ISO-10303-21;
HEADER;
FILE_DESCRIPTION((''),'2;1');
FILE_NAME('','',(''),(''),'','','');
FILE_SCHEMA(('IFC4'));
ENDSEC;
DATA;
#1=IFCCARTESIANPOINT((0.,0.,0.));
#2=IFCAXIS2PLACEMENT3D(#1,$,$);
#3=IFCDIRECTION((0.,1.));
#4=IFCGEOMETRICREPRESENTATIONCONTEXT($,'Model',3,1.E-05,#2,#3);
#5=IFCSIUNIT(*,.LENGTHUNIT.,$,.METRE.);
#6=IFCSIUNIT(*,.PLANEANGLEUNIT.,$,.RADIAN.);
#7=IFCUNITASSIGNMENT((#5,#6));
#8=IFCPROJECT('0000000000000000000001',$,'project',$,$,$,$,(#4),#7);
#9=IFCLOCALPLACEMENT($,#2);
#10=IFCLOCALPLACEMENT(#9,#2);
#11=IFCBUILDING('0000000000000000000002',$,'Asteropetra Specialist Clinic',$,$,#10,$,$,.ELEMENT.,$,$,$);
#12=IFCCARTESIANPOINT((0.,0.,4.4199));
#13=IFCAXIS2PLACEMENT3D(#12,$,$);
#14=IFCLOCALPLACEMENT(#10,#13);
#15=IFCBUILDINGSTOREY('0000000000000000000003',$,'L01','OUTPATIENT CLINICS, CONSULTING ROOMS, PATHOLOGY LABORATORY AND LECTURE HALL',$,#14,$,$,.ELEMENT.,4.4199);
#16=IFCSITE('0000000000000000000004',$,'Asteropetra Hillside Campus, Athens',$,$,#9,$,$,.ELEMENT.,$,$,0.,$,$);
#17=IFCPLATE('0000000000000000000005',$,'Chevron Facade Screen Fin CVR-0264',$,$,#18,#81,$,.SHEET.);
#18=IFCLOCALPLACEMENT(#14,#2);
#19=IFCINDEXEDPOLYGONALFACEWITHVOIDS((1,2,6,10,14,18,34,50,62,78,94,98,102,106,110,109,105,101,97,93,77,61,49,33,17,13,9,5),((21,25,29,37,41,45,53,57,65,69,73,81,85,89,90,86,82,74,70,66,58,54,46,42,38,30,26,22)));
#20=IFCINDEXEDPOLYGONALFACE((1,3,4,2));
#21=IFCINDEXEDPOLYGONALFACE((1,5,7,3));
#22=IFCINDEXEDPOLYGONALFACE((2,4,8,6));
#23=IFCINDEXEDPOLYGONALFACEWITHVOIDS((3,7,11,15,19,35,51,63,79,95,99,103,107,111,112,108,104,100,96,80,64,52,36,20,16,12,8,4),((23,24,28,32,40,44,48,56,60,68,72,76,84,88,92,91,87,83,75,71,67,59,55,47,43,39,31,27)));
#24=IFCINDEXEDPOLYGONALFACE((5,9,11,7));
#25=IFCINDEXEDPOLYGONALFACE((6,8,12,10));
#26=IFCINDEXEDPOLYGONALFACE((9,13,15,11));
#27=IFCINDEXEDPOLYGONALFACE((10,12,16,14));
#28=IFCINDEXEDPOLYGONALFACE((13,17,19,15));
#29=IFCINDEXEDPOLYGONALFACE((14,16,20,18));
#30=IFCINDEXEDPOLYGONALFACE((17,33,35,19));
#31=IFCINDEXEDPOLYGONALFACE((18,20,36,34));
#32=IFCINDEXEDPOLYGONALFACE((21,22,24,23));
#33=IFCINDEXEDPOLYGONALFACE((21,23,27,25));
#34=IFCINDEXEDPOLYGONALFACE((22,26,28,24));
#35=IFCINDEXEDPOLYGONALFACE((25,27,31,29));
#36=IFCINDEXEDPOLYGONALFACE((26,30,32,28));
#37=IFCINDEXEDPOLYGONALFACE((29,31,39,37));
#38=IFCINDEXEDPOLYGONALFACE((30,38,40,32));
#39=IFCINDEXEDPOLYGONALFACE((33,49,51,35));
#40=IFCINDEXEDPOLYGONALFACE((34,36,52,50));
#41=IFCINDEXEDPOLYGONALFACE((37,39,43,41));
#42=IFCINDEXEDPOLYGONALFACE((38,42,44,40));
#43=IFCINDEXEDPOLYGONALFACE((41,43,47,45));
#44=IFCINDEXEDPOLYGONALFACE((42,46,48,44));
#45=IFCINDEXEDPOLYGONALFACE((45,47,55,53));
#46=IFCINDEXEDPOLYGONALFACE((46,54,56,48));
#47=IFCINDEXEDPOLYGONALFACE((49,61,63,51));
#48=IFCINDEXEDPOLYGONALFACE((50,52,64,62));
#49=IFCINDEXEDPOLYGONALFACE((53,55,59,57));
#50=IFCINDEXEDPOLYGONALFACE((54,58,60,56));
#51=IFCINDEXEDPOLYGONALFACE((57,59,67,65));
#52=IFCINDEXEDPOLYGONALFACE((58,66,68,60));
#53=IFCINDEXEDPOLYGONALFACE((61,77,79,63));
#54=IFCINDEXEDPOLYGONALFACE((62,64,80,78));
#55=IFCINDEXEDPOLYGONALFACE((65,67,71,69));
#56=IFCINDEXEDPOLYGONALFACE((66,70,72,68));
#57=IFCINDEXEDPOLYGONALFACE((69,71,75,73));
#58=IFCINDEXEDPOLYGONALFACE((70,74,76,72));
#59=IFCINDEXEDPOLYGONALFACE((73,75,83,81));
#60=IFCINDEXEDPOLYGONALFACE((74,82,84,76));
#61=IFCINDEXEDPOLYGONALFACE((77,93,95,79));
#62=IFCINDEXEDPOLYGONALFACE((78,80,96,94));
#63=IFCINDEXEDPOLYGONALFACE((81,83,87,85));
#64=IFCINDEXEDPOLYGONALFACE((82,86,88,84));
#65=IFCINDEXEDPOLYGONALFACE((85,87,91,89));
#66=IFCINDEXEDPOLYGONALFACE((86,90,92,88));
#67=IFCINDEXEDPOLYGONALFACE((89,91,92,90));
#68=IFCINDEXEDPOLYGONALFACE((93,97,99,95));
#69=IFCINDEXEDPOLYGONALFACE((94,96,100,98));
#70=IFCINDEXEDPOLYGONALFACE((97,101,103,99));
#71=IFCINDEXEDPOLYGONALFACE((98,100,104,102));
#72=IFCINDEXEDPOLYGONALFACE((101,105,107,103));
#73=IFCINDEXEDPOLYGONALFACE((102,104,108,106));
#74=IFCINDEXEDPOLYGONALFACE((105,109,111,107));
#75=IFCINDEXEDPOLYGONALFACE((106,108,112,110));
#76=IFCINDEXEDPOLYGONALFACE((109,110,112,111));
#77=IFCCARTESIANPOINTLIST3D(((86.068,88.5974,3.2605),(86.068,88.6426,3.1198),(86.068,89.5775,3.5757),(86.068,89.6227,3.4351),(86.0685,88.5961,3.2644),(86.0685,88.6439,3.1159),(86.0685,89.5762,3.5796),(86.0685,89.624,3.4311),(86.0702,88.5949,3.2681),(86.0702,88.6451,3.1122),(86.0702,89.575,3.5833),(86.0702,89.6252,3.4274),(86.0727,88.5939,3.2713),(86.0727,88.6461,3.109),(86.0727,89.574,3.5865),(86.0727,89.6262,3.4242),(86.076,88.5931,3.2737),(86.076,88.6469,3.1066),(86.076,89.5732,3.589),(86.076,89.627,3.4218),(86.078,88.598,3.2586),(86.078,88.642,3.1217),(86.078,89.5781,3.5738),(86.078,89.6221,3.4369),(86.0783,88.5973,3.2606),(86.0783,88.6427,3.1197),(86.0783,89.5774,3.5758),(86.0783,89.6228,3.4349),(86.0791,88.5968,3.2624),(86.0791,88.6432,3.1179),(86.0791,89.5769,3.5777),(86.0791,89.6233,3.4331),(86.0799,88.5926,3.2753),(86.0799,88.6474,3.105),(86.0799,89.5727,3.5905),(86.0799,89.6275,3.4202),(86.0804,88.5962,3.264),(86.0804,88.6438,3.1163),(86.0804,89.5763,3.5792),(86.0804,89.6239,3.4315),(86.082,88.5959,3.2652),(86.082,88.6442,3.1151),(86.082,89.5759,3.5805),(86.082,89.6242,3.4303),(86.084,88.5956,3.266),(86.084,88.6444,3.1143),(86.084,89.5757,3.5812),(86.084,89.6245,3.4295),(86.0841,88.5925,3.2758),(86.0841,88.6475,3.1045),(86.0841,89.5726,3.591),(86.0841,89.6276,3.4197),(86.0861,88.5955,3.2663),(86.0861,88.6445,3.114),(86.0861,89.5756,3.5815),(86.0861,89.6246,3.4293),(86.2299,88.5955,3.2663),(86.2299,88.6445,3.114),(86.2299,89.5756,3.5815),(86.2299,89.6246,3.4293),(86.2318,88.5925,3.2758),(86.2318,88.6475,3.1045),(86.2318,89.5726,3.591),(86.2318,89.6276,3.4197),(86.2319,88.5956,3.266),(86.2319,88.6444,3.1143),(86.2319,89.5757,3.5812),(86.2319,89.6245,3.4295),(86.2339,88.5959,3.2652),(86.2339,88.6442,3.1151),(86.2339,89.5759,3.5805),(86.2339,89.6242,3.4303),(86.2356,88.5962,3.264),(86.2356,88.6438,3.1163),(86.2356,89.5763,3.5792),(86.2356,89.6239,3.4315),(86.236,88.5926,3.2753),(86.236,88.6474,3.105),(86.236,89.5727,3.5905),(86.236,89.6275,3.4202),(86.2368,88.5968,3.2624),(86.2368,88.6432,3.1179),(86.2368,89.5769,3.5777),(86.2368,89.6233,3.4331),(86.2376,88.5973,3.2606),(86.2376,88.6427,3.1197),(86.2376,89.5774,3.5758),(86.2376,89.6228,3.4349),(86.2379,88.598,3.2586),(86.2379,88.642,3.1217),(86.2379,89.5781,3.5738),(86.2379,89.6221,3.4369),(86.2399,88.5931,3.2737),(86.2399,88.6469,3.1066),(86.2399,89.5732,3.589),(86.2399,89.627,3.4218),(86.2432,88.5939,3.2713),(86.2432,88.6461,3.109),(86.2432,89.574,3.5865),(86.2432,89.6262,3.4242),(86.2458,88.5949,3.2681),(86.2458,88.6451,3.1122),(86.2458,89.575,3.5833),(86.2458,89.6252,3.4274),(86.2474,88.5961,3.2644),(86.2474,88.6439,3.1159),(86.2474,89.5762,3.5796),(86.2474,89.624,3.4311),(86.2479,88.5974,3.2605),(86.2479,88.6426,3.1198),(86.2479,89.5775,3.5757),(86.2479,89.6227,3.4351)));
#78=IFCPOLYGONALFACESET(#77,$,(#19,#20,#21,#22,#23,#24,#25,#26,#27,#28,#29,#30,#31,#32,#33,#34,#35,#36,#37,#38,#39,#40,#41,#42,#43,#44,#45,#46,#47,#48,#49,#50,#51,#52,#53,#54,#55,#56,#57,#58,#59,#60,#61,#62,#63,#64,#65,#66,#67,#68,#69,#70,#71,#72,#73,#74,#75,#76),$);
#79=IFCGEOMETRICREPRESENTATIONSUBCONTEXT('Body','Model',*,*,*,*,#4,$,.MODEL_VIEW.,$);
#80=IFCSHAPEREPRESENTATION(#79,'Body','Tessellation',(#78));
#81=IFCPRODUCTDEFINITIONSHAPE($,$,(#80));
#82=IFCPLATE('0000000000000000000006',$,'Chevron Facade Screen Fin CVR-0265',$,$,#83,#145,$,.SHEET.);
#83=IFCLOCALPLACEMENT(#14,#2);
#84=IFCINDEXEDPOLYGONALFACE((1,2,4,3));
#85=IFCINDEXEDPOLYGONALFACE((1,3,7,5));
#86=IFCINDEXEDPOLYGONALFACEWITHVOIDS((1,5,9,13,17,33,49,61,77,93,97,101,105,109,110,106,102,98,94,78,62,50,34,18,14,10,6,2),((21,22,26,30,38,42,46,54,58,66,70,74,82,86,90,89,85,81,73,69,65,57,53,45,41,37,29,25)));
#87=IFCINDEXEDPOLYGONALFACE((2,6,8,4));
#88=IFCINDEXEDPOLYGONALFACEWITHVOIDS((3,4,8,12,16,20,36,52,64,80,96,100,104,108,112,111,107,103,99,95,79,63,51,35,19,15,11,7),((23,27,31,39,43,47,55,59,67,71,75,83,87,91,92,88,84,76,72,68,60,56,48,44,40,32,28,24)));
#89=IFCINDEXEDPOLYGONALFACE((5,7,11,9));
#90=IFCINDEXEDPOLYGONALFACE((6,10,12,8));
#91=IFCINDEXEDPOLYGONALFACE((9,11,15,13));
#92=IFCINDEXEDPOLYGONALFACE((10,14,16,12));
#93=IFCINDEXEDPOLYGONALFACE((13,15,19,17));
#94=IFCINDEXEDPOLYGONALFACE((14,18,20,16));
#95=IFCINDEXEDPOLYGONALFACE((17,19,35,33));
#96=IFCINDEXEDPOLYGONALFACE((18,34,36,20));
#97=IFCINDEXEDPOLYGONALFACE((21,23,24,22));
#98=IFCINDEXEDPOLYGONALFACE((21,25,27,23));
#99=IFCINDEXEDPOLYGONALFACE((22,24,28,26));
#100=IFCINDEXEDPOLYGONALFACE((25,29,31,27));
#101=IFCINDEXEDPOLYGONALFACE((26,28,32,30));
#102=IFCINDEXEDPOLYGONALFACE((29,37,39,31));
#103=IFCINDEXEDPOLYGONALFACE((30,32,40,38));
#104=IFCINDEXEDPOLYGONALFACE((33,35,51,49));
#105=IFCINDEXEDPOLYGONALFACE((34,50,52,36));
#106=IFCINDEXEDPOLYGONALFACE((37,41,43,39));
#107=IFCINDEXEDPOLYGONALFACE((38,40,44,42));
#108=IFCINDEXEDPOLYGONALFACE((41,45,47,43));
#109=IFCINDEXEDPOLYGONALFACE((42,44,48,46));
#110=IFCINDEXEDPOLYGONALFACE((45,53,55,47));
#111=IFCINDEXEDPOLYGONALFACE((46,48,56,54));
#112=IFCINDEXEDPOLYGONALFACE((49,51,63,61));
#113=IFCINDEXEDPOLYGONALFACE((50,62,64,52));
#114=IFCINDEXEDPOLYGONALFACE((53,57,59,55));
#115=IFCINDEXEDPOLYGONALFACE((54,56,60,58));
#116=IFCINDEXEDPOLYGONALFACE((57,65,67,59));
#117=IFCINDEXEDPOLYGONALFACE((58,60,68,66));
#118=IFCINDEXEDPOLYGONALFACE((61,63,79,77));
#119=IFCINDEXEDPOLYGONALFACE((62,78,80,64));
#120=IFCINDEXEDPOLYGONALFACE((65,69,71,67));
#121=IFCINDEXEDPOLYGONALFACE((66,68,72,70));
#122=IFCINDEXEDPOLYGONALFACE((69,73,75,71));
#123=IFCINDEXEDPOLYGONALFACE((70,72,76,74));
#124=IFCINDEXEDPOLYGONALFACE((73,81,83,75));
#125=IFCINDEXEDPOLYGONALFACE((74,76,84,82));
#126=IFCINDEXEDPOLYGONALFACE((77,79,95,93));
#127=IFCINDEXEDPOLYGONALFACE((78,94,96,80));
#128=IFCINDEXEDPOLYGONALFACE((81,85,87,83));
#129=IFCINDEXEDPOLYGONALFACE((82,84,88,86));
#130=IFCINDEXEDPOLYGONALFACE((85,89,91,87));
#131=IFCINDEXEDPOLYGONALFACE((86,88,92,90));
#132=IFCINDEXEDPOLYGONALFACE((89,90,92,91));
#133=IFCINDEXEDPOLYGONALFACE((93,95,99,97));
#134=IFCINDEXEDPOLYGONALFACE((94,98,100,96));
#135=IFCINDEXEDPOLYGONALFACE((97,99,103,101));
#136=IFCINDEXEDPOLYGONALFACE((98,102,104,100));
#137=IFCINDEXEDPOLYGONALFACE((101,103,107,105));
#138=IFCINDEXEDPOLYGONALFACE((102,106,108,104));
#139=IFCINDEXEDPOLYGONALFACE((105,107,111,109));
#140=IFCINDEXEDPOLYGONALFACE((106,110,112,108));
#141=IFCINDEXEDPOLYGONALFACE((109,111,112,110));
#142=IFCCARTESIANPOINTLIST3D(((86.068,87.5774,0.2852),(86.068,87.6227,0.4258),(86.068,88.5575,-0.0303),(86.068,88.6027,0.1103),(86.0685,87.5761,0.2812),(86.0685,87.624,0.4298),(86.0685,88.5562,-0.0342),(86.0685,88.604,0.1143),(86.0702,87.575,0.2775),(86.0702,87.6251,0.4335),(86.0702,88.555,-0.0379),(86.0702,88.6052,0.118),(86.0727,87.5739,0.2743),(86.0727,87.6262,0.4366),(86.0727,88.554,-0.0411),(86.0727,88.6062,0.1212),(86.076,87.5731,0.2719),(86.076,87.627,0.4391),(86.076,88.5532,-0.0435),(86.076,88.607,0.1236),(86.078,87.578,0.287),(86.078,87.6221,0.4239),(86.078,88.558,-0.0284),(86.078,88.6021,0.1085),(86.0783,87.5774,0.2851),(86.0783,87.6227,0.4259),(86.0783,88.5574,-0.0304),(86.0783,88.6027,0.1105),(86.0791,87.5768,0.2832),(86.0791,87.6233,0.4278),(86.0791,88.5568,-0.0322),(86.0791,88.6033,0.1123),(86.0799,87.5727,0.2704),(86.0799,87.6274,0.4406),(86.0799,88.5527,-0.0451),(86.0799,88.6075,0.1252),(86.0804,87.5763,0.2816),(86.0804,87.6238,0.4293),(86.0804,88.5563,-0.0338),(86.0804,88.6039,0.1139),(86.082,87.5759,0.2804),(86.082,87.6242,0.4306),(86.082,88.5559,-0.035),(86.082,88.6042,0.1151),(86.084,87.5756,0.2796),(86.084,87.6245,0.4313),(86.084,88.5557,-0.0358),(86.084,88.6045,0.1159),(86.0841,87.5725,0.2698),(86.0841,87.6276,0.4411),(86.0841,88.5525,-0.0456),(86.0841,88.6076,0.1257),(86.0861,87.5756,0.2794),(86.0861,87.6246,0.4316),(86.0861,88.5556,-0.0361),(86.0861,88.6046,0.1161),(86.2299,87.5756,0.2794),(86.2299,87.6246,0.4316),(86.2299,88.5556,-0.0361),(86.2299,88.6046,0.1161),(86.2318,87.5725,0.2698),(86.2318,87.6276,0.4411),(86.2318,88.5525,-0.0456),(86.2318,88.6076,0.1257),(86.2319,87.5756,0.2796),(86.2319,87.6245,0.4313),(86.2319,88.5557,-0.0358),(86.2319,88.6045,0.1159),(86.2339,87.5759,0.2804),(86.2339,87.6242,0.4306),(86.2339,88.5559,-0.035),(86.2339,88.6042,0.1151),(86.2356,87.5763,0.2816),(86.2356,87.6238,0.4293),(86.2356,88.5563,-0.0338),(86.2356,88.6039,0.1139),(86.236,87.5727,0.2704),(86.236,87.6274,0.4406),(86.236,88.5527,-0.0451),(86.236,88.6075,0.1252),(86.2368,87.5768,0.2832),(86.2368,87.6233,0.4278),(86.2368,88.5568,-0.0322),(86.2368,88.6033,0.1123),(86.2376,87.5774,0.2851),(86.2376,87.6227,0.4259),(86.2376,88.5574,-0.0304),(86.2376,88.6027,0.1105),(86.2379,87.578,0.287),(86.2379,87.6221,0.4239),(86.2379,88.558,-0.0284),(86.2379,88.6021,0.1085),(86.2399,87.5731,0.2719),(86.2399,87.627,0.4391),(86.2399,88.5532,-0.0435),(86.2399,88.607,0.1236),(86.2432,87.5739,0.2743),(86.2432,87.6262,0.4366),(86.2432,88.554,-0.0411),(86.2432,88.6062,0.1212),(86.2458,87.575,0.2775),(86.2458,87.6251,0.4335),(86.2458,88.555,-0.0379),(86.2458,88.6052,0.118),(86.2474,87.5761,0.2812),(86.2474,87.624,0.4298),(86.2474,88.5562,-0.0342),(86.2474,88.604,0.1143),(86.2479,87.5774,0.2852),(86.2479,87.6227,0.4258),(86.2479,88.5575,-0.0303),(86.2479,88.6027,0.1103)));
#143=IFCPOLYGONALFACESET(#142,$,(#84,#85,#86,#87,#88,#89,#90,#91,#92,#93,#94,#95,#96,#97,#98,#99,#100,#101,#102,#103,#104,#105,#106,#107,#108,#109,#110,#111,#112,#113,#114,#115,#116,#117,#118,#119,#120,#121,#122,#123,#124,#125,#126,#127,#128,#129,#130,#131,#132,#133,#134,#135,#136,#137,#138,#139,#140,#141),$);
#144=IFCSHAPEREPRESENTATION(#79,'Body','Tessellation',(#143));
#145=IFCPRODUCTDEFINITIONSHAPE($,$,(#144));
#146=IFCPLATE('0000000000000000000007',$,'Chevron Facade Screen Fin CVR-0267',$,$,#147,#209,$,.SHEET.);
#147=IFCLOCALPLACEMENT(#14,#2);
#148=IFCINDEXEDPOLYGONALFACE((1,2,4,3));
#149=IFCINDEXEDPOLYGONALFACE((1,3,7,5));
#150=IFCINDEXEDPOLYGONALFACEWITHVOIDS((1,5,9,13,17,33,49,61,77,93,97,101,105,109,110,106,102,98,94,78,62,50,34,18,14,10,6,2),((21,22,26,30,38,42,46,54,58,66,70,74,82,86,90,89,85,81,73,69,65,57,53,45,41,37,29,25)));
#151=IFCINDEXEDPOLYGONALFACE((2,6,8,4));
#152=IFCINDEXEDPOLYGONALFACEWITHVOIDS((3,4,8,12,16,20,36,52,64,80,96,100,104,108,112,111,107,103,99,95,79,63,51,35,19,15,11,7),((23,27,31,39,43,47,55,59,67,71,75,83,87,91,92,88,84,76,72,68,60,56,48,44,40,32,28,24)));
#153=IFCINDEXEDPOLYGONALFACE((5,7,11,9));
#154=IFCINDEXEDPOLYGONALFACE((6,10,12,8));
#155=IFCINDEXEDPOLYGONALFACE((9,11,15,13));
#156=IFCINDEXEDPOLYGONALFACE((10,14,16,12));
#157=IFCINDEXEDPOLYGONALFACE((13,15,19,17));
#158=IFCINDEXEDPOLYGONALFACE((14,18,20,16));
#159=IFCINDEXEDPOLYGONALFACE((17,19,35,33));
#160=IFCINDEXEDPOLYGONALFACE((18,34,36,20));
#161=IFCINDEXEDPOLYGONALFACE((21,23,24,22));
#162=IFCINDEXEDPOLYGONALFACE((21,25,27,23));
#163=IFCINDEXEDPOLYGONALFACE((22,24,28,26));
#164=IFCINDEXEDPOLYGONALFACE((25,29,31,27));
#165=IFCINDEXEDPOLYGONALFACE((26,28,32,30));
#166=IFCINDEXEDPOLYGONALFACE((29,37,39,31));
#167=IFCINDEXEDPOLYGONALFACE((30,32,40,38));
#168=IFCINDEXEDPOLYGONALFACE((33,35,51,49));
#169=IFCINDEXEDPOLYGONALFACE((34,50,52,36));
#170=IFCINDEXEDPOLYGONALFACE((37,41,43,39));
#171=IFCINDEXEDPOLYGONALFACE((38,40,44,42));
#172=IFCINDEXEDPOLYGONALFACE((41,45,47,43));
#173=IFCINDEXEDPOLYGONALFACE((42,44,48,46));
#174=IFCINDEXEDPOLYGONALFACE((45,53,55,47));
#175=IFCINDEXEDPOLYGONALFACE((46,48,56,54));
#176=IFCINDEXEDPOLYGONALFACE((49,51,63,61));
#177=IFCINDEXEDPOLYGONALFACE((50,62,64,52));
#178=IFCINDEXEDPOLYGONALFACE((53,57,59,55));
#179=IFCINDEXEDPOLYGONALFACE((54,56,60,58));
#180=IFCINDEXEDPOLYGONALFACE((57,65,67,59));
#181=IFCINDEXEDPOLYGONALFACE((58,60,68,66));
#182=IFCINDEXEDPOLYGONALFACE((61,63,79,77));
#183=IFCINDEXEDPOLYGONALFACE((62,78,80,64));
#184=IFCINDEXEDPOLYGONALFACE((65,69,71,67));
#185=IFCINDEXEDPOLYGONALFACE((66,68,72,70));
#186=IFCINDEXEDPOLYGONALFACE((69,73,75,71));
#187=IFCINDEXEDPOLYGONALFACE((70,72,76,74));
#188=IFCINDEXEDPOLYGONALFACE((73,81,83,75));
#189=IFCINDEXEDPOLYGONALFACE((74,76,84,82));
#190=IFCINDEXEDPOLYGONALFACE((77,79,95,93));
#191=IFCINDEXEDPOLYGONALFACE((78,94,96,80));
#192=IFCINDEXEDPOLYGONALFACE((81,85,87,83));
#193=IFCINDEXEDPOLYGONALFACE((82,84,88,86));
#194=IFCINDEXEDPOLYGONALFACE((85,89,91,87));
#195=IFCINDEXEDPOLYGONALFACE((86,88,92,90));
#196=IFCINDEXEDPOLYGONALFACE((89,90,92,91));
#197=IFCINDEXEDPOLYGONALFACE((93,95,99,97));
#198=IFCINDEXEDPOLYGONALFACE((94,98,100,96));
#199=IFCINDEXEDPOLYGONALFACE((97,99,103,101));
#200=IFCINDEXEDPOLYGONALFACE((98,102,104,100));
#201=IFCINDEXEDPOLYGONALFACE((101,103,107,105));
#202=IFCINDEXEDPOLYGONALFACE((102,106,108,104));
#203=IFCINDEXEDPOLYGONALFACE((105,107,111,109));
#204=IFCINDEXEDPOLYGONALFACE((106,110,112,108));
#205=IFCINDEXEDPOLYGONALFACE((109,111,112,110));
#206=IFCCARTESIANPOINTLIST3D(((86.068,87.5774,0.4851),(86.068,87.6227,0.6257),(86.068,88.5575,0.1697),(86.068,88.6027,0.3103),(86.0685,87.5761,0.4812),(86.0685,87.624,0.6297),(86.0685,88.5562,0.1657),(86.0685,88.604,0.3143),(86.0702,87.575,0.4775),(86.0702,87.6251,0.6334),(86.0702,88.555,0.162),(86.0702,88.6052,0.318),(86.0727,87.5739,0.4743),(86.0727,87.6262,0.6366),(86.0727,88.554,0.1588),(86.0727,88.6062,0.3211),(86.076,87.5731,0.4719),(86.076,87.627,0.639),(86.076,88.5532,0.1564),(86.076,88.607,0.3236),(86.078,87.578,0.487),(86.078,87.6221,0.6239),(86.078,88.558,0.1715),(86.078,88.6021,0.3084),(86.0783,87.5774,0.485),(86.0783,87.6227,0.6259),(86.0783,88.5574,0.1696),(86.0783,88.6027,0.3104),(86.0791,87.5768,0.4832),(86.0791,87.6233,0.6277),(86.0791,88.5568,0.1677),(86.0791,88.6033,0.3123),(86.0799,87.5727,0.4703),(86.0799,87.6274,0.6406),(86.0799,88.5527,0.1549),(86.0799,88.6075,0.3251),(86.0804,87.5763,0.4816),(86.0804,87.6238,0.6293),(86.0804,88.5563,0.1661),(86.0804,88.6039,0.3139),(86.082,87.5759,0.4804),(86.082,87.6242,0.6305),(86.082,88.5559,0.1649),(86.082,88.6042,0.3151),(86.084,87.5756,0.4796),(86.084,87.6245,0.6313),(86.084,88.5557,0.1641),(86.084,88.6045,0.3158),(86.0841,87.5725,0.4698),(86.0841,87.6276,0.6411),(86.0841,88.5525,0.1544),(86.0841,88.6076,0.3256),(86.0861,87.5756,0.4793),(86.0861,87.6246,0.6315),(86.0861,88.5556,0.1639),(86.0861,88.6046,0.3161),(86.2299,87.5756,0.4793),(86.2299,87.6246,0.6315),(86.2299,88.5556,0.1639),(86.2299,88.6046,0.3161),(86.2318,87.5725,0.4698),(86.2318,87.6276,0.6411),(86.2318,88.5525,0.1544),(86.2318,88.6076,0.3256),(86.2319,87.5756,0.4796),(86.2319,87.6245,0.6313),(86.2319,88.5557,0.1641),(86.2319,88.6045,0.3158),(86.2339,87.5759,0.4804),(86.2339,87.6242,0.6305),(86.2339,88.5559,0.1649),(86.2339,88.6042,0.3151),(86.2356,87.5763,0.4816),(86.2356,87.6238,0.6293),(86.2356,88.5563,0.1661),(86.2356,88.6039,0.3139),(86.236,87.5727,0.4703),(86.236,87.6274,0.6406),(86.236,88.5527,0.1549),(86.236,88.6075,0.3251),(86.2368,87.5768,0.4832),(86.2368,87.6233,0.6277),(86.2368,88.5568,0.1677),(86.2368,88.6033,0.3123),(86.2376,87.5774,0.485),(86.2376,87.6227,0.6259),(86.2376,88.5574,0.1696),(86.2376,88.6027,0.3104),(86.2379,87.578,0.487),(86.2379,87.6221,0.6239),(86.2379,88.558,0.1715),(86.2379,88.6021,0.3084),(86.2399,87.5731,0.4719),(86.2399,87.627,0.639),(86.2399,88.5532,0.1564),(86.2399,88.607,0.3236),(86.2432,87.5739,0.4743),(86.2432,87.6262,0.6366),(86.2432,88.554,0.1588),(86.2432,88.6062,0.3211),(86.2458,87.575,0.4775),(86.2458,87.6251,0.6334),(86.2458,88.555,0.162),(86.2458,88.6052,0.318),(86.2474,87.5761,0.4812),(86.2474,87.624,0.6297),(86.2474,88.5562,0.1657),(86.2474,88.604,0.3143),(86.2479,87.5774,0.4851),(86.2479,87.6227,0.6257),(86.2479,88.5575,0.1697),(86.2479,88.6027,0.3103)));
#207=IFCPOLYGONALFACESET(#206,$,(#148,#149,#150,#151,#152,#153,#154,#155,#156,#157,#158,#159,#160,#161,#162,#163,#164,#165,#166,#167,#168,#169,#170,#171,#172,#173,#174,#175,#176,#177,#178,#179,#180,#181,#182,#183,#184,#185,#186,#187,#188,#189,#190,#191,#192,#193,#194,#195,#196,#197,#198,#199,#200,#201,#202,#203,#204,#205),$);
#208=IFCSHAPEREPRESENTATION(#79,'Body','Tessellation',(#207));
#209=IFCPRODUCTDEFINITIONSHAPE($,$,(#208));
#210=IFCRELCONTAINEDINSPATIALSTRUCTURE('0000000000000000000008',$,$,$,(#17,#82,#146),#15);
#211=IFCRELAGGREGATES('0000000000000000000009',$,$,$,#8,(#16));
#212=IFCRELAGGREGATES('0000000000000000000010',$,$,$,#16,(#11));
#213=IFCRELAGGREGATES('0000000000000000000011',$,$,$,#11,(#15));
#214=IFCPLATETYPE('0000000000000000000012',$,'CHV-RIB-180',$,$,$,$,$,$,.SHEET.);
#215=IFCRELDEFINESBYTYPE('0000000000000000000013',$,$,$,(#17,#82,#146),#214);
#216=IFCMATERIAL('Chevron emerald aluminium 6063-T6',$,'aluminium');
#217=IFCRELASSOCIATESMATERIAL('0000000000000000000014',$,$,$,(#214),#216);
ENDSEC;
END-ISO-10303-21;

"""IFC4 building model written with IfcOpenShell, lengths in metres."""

from ifc_helpers import new_model, si_unit, direction, frame, origin, origin_2d, place, context, subcontext, project, spatial, hollow_rectangle, extrude, material, material_profile, profile_set, type_object, element, save


model = new_model("IFC4")

# Units and contexts
model_context = context("Model", 3, precision=1e-05, world=origin(), true_north=direction((0.0, 1.0)))
body_context = subcontext(model_context, "Body", "Model", "MODEL_VIEW")
ifc_project = project(units=[si_unit("LENGTHUNIT", "METRE"), si_unit("PLANEANGLEUNIT", "RADIAN")], contexts=[model_context])

# Site, building, storey
site_placement = place(None, origin())
site = spatial("IfcSite", under=ifc_project, at=site_placement, Name="Asteropetra Hillside Campus, Athens", CompositionType="ELEMENT", RefElevation=0.0)
building_placement = place(site_placement, origin())
building = spatial("IfcBuilding", under=site, at=building_placement, Name="Asteropetra Specialist Clinic", CompositionType="ELEMENT")
storey_placement = place(building_placement, frame((0.0, 0.0, 4.4199)))
storey = spatial("IfcBuildingStorey", under=building, at=storey_placement, Name="L01", Description="OUTPATIENT CLINICS, CONSULTING ROOMS, PATHOLOGY LABORATORY AND LECTURE HALL", CompositionType="ELEMENT", Elevation=4.4199)

# Plates
ifc_material_1 = material(Name="Chevron emerald aluminium 6063-T6", Category="aluminium")
ifc_material_profile_1 = material_profile(ifc_material_1, hollow_rectangle(XDim=0.1799, YDim=0.1799, WallThickness=0.01, InnerFilletRadius=0.0081, OuterFilletRadius=0.0161, at=origin_2d()), Name="SHS 180x180x10.0")
ifc_profile_set_1 = profile_set([ifc_material_profile_1], Name="Chevron emerald aluminium 6063-T6")
plate_type = type_object("IfcPlateType", Name="CHV-RIB-180", PredefinedType="SHEET", material=ifc_profile_set_1)
for number, where, z_axis, x_axis, name in (
    (1, (86.158, 89.6001, 3.5054), (0.0, -0.951974, -0.306178), (1.0, 0.0, 0.0), "Chevron Facade Screen Fin CVR-0264"),
    (2, (86.158, 88.5801, 0.04), (0.0, -0.951905, 0.306393), (1.0, 0.0, 0.0), "Chevron Facade Screen Fin CVR-0265"),
    (3, (86.158, 88.5801, 0.24), (0.0, -0.951905, 0.306393), (1.0, 0.0, 0.0), "Chevron Facade Screen Fin CVR-0267"),
):
    element("IfcPlate", number, at=place(storey_placement, frame(where, z_axis=z_axis, x_axis=x_axis)), inside=storey, type_object=plate_type, Name=name, PredefinedType="SHEET", context=body_context, shape_type="SweptSolid", body=[
        extrude(hollow_rectangle(XDim=0.1799, YDim=0.1799, WallThickness=0.01, InnerFilletRadius=0.0081, OuterFilletRadius=0.0161, at=origin_2d()), origin(), (0.0, 0.0, 1.0), 1.0295),
    ])

save(model, "model.ifc")
